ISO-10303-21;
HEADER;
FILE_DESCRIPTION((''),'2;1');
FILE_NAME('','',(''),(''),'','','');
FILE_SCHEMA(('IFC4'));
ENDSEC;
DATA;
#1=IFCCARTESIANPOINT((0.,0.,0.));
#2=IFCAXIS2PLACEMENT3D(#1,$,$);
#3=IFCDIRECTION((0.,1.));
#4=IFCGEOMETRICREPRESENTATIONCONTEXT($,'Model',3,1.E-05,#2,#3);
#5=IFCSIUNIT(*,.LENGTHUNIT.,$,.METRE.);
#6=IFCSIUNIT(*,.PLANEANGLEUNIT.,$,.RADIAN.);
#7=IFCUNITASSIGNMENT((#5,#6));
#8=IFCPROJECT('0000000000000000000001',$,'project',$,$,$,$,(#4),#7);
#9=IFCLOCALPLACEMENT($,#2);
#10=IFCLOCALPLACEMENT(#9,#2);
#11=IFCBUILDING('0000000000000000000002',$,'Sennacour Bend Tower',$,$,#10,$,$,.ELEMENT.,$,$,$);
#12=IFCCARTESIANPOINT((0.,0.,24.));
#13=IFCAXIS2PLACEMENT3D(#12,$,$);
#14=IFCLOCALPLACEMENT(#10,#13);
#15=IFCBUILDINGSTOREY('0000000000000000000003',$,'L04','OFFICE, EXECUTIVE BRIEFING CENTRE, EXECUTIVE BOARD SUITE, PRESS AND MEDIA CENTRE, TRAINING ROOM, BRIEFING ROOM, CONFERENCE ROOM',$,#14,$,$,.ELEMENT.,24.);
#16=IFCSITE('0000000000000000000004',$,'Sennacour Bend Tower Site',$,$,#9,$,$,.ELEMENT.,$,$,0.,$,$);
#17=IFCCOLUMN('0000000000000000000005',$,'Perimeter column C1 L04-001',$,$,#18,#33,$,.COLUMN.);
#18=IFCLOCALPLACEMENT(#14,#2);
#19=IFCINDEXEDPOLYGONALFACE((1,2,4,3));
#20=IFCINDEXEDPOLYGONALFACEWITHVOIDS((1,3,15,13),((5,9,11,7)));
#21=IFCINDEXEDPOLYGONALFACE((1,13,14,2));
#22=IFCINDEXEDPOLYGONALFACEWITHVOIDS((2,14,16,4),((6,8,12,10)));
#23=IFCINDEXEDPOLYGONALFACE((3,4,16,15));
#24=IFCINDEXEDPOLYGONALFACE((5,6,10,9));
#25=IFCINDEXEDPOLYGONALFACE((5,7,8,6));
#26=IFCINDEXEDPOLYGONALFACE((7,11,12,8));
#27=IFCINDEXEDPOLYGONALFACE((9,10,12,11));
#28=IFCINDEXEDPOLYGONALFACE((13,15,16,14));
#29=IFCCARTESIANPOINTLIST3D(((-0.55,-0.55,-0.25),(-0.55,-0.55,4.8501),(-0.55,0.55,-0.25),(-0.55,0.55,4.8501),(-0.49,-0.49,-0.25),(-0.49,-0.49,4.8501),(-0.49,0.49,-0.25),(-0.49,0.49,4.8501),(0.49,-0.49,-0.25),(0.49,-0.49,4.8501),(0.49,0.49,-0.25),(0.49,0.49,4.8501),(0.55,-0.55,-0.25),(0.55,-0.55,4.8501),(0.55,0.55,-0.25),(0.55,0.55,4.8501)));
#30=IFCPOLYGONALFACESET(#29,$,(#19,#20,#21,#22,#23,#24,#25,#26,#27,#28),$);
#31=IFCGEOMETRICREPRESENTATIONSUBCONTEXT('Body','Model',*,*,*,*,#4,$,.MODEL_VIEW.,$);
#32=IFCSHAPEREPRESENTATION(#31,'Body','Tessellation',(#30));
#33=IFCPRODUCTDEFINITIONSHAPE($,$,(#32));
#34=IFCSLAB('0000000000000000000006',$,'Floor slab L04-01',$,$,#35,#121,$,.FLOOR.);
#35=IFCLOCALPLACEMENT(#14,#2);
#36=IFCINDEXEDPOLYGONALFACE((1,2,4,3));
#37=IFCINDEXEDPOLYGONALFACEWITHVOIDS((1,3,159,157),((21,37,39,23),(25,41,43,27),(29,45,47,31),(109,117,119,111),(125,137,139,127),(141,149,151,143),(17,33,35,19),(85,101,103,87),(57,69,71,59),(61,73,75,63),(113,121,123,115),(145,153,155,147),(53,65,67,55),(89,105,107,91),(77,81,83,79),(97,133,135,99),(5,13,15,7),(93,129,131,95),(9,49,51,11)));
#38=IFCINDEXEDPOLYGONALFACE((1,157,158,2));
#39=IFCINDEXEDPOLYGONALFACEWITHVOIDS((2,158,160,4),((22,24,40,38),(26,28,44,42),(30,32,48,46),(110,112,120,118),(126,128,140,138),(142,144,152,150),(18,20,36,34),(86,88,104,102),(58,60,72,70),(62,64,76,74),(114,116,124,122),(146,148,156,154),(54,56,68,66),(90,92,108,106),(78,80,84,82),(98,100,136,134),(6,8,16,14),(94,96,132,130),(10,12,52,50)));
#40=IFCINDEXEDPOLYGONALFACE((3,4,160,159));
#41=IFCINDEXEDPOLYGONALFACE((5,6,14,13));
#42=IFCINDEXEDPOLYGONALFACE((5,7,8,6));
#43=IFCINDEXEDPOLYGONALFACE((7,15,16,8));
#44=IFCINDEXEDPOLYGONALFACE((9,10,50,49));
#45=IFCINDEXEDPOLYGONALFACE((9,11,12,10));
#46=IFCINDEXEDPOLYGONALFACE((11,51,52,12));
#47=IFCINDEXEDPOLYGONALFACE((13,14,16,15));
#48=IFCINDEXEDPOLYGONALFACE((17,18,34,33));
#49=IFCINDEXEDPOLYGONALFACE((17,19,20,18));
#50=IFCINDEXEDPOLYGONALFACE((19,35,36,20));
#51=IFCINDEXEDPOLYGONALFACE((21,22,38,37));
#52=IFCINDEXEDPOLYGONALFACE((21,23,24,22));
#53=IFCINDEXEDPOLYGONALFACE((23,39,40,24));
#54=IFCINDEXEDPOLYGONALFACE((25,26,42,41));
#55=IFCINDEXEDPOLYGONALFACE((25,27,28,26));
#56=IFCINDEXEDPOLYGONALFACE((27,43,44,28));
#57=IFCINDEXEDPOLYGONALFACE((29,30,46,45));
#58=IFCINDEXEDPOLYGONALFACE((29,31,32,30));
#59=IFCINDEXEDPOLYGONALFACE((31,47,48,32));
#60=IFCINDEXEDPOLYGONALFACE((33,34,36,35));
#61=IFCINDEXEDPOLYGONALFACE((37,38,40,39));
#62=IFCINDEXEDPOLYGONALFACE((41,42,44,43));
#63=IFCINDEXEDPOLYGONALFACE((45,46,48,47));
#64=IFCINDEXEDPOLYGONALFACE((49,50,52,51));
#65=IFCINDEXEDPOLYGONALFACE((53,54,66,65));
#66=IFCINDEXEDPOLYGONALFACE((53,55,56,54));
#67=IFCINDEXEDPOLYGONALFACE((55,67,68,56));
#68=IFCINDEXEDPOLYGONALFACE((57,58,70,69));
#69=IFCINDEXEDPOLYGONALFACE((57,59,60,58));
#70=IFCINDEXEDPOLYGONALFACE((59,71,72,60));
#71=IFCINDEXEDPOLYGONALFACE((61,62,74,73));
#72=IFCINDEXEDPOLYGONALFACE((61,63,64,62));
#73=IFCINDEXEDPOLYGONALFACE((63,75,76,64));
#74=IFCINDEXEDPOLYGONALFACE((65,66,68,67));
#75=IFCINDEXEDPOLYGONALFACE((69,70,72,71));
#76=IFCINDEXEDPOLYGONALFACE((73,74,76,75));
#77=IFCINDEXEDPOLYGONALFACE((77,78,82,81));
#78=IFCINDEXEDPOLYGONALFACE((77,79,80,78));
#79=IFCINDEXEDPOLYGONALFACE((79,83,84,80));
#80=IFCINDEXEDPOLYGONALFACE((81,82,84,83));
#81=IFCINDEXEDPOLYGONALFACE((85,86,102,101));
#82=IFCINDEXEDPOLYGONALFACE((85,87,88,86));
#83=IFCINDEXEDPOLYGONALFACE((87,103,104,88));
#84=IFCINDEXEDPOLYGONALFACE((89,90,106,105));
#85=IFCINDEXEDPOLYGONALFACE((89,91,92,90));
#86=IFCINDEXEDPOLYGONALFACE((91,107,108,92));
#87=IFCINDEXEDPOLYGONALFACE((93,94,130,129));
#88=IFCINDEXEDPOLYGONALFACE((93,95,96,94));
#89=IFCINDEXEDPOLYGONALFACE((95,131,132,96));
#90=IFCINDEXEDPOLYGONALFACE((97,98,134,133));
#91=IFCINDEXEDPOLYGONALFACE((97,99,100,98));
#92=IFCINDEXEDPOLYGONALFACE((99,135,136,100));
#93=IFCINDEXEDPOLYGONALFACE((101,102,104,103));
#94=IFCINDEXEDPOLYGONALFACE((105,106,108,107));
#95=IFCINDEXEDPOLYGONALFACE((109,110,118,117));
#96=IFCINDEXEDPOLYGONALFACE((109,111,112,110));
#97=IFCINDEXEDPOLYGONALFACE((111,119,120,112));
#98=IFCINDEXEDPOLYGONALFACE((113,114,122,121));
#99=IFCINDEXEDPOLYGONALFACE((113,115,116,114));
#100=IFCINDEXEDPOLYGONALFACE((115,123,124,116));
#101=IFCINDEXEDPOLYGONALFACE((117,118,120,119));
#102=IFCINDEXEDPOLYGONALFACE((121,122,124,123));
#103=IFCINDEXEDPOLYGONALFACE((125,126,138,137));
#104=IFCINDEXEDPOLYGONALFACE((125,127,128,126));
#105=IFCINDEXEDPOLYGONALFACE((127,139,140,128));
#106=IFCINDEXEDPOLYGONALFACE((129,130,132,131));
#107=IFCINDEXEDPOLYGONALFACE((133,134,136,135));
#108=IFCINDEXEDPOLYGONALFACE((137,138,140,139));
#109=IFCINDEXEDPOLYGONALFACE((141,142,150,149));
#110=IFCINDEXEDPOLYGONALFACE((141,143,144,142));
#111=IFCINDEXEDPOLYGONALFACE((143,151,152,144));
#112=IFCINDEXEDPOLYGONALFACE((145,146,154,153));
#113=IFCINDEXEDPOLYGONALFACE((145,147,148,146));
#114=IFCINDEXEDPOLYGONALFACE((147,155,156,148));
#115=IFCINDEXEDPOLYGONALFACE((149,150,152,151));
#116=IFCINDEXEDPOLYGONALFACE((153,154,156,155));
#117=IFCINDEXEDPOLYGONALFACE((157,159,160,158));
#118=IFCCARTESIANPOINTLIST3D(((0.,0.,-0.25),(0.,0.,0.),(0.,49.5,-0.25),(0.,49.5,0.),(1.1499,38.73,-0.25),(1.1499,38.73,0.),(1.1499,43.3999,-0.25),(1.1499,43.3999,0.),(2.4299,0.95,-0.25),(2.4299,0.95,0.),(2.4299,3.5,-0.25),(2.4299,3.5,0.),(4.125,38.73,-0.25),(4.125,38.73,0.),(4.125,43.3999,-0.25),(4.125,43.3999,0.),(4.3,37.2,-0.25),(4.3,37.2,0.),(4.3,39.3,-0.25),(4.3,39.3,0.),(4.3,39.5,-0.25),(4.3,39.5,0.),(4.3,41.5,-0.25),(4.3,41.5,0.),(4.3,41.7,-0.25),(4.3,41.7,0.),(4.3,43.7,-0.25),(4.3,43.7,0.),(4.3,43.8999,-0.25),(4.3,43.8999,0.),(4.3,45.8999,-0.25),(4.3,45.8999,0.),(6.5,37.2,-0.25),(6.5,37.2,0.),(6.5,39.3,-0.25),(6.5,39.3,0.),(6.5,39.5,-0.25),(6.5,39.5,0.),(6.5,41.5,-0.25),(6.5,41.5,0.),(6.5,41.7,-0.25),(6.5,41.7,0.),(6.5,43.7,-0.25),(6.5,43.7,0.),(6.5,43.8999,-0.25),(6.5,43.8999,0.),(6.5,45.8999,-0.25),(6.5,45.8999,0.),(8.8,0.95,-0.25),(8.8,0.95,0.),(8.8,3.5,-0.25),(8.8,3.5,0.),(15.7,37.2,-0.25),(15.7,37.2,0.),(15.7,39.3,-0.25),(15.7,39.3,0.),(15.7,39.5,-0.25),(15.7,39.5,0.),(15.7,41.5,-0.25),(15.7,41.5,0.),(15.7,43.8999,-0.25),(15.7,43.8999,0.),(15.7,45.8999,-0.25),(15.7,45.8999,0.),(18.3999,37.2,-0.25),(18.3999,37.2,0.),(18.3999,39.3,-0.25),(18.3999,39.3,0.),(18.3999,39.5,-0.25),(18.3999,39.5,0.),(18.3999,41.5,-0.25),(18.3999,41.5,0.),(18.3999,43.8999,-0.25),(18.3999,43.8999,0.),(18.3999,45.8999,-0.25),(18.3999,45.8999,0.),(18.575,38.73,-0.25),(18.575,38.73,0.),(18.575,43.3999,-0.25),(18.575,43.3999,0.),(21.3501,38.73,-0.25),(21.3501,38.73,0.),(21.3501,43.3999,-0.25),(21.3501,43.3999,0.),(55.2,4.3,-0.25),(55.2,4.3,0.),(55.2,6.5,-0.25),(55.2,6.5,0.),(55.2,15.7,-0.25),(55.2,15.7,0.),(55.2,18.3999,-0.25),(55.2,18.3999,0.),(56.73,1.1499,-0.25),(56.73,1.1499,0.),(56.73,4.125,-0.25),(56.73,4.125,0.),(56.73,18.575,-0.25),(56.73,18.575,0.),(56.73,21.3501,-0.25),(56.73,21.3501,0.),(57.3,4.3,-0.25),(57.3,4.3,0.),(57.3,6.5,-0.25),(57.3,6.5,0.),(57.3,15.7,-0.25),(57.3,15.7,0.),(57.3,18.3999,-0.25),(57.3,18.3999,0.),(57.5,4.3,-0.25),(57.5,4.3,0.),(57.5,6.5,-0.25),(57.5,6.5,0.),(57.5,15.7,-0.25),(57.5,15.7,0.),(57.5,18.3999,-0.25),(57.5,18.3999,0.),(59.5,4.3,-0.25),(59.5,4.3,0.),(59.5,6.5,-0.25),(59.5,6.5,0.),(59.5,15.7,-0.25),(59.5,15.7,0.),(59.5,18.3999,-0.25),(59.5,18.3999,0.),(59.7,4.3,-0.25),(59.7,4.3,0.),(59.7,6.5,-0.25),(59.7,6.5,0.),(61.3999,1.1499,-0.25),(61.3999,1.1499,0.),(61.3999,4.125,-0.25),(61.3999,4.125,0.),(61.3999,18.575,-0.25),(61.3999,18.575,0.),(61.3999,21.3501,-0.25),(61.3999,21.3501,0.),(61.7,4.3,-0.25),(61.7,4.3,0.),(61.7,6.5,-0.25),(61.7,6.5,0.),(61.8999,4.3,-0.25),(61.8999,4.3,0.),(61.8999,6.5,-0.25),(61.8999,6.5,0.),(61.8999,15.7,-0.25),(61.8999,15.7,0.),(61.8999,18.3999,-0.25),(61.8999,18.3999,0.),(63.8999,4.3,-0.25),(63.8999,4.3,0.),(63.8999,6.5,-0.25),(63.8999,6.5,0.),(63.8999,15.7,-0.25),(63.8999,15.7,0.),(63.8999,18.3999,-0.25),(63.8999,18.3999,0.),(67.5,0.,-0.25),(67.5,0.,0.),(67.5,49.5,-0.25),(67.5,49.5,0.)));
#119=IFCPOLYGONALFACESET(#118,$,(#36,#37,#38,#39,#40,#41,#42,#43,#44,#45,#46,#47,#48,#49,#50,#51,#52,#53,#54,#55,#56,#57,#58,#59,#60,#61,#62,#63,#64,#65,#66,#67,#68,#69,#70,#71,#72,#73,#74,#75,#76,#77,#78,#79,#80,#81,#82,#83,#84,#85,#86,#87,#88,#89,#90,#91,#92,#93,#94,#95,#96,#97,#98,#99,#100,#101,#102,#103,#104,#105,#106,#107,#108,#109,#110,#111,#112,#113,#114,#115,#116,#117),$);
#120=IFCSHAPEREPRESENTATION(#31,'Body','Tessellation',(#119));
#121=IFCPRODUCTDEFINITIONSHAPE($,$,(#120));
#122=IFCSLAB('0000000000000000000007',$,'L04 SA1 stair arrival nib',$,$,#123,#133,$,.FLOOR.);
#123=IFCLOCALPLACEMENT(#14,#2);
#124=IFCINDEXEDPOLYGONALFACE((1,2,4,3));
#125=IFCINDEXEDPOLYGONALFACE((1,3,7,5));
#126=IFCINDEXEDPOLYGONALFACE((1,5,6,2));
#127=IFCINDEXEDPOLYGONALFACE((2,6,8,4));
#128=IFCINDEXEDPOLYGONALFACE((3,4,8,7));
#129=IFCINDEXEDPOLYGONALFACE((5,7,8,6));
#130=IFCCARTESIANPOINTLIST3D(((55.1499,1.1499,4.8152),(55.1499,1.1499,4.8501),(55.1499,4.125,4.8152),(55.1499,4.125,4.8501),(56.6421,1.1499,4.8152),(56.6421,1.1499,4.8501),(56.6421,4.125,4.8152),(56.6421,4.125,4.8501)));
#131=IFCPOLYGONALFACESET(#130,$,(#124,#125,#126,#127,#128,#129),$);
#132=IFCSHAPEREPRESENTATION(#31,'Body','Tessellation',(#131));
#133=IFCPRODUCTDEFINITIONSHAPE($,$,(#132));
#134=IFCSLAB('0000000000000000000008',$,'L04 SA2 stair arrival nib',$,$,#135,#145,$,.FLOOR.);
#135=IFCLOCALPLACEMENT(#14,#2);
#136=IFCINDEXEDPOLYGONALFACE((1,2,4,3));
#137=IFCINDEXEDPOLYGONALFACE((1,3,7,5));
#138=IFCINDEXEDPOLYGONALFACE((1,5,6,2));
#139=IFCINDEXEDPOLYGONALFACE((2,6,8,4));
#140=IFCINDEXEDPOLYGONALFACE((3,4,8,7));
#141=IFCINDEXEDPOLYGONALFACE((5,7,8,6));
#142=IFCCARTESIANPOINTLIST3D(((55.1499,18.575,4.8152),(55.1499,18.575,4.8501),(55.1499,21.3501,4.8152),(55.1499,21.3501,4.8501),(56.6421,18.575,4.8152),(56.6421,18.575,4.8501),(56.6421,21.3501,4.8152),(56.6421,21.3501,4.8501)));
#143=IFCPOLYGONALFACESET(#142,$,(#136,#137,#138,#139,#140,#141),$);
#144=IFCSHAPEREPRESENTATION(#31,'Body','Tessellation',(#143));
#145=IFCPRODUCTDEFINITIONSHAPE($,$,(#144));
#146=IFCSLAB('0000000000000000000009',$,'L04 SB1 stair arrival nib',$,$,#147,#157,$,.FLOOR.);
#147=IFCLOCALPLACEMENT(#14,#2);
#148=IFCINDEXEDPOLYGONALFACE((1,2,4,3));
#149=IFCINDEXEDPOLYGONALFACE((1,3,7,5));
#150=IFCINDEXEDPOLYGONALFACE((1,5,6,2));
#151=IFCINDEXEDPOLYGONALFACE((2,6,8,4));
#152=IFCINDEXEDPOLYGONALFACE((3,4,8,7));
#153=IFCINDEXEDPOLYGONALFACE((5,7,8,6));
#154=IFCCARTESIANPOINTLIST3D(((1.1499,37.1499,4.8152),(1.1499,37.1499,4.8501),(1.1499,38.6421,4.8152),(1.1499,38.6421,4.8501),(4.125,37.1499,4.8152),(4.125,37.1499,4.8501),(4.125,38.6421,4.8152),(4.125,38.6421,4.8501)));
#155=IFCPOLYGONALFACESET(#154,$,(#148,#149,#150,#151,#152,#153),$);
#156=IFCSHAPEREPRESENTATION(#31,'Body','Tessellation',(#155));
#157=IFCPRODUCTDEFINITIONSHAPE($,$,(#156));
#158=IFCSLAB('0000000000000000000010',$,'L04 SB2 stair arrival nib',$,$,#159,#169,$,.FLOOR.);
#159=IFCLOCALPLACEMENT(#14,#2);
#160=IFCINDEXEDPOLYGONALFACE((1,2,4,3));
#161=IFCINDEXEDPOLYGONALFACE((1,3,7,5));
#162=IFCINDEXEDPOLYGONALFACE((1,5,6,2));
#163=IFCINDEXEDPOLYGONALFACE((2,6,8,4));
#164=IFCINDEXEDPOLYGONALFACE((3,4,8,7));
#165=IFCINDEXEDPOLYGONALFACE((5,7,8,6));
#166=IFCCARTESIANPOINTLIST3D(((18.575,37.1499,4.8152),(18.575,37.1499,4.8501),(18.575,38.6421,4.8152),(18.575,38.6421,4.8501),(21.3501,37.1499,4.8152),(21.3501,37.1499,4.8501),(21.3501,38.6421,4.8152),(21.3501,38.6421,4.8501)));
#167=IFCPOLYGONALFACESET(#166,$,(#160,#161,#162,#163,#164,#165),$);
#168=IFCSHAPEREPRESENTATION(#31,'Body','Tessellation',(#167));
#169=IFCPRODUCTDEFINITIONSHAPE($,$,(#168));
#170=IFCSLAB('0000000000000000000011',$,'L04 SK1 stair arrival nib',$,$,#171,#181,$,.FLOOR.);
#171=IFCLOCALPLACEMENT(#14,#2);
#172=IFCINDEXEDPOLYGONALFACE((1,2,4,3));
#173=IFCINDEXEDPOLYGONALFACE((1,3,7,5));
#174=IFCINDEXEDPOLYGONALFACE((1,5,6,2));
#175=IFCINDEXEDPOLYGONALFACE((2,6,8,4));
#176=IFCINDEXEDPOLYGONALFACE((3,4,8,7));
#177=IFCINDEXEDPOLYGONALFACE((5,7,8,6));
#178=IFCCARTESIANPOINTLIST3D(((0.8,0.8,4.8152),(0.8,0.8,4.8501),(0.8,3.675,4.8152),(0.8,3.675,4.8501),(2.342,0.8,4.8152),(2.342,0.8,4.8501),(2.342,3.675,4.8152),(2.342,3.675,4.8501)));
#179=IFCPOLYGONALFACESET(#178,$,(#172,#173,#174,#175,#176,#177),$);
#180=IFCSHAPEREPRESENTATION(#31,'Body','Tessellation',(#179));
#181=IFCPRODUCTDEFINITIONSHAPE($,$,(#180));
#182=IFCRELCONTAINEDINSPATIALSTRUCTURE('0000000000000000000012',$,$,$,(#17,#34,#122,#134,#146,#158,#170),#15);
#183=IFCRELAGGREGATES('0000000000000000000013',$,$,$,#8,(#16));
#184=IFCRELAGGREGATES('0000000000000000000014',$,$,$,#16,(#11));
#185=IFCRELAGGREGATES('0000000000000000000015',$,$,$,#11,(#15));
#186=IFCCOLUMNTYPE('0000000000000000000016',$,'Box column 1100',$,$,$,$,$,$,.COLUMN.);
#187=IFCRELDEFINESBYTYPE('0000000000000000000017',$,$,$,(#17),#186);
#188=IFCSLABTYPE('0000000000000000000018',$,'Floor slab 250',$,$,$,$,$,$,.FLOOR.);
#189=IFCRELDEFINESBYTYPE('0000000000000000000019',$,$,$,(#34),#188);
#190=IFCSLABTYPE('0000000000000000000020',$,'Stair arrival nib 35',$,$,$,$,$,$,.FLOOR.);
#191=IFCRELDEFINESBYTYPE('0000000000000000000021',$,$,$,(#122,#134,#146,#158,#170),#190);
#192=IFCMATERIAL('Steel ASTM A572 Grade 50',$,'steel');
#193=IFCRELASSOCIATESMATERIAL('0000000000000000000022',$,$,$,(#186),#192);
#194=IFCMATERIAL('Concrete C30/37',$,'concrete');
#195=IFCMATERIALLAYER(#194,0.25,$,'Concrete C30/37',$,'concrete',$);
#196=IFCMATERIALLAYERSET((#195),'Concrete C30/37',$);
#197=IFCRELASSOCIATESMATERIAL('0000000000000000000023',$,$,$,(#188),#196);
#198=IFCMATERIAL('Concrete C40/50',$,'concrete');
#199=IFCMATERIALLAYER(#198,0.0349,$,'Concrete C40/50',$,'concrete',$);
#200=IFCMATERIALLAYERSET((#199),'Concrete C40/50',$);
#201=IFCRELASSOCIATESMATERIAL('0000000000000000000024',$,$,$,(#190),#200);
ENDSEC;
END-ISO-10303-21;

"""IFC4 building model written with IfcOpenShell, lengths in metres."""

from ifc_helpers import new_model, si_unit, direction, frame, origin, origin_2d, place, context, subcontext, project, spatial, polyline, hollow_rectangle, outline, extrude, material, layer, layer_set, material_profile, profile_set, type_object, element, save


model = new_model("IFC4")

# Units and contexts
model_context = context("Model", 3, precision=1e-05, world=origin(), true_north=direction((0.0, 1.0)))
body_context = subcontext(model_context, "Body", "Model", "MODEL_VIEW")
ifc_project = project(units=[si_unit("LENGTHUNIT", "METRE"), si_unit("PLANEANGLEUNIT", "RADIAN")], contexts=[model_context])

# Site, building, storey
site_placement = place(None, origin())
site = spatial("IfcSite", under=ifc_project, at=site_placement, Name="Sennacour Bend Tower Site", CompositionType="ELEMENT", RefElevation=0.0)
building_placement = place(site_placement, origin())
building = spatial("IfcBuilding", under=site, at=building_placement, Name="Sennacour Bend Tower", CompositionType="ELEMENT")
storey_placement = place(building_placement, frame((0.0, 0.0, 24.0)))
storey = spatial("IfcBuildingStorey", under=building, at=storey_placement, Name="L04", Description="OFFICE, EXECUTIVE BRIEFING CENTRE, EXECUTIVE BOARD SUITE, PRESS AND MEDIA CENTRE, TRAINING ROOM, BRIEFING ROOM, CONFERENCE ROOM", CompositionType="ELEMENT", Elevation=24.0)

# Column
ifc_material_1 = material(Name="Steel ASTM A572 Grade 50", Category="steel")
ifc_material_profile = material_profile(ifc_material_1, hollow_rectangle(XDim=1.1001, YDim=1.1001, WallThickness=0.0601, at=origin_2d()), Name="Steel ASTM A572 Grade 50", Category="steel")
ifc_profile_set = profile_set([ifc_material_profile], Name="Steel ASTM A572 Grade 50")
column_type = type_object("IfcColumnType", Name="Box column 1100", PredefinedType="COLUMN", material=ifc_profile_set)
column_placement = place(storey_placement, frame((0.0, 0.0, -0.25), z_axis=(0.0, 0.0, 1.0), x_axis=(1.0, 0.0, 0.0)))
element("IfcColumn", 1, at=column_placement, inside=storey, type_object=column_type, Name="Perimeter column C1 L04-001", PredefinedType="COLUMN", context=body_context, shape_type="SweptSolid", body=[
    extrude(hollow_rectangle(XDim=1.1001, YDim=1.1001, WallThickness=0.0601, at=origin_2d()), origin(), (0.0, 0.0, 1.0), 5.1001),
])

# Slabs
ifc_material_2 = material(Name="Concrete C30/37", Category="concrete")
ifc_layer_1 = layer(ifc_material_2, 0.25, Name="Concrete C30/37", Category="concrete")
ifc_layer_set_1 = layer_set([ifc_layer_1], Name="Concrete C30/37")
slab_type_1 = type_object("IfcSlabType", Name="Floor slab 250", PredefinedType="FLOOR", material=ifc_layer_set_1)
slab_1_placement = place(storey_placement, frame((0.0, 0.0, -0.25)))
element("IfcSlab", 2, at=slab_1_placement, inside=storey, type_object=slab_type_1, Name="Floor slab L04-01", PredefinedType="FLOOR", context=body_context, shape_type="SweptSolid", body=[
    extrude(outline(polyline([(0.0, 0.0), (0.0, 49.5), (67.5, 49.5), (67.5, 0.0), (0.0, 0.0)]), holes=[polyline([(8.8, 0.95), (8.8, 3.5), (2.4299, 3.5), (2.4299, 0.95), (8.8, 0.95)]), polyline([(6.5, 37.2), (6.5, 39.3), (4.3, 39.3), (4.3, 37.2), (6.5, 37.2)]), polyline([(18.3999, 37.2), (18.3999, 39.3), (15.7, 39.3), (15.7, 37.2), (18.3999, 37.2)]), polyline([(6.5, 39.5), (6.5, 41.5), (4.3, 41.5), (4.3, 39.5), (6.5, 39.5)]), polyline([(18.3999, 39.5), (18.3999, 41.5), (15.7, 41.5), (15.7, 39.5), (18.3999, 39.5)]), polyline([(4.125, 38.73), (4.125, 43.3999), (1.1499, 43.3999), (1.1499, 38.73), (4.125, 38.73)]), polyline([(21.3501, 38.73), (21.3501, 43.3999), (18.575, 43.3999), (18.575, 38.73), (21.3501, 38.73)]), polyline([(4.3, 41.7), (6.5, 41.7), (6.5, 43.7), (4.3, 43.7), (4.3, 41.7)]), polyline([(4.3, 43.8999), (6.5, 43.8999), (6.5, 45.8999), (4.3, 45.8999), (4.3, 43.8999)]), polyline([(18.3999, 43.8999), (18.3999, 45.8999), (15.7, 45.8999), (15.7, 43.8999), (18.3999, 43.8999)]), polyline([(61.3999, 1.1499), (61.3999, 4.125), (56.73, 4.125), (56.73, 1.1499), (61.3999, 1.1499)]), polyline([(57.3, 4.3), (57.3, 6.5), (55.2, 6.5), (55.2, 4.3), (57.3, 4.3)]), polyline([(57.5, 4.3), (59.5, 4.3), (59.5, 6.5), (57.5, 6.5), (57.5, 4.3)]), polyline([(59.7, 4.3), (61.7, 4.3), (61.7, 6.5), (59.7, 6.5), (59.7, 4.3)]), polyline([(63.8999, 4.3), (63.8999, 6.5), (61.8999, 6.5), (61.8999, 4.3), (63.8999, 4.3)]), polyline([(57.3, 15.7), (57.3, 18.3999), (55.2, 18.3999), (55.2, 15.7), (57.3, 15.7)]), polyline([(59.5, 15.7), (59.5, 18.3999), (57.5, 18.3999), (57.5, 15.7), (59.5, 15.7)]), polyline([(61.8999, 15.7), (63.8999, 15.7), (63.8999, 18.3999), (61.8999, 18.3999), (61.8999, 15.7)]), polyline([(56.73, 18.575), (61.3999, 18.575), (61.3999, 21.3501), (56.73, 21.3501), (56.73, 18.575)])]), origin(), (0.0, 0.0, 1.0), 0.25),
])
ifc_material_3 = material(Name="Concrete C40/50", Category="concrete")
ifc_layer_2 = layer(ifc_material_3, 0.0349, Name="Concrete C40/50", Category="concrete")
ifc_layer_set_2 = layer_set([ifc_layer_2], Name="Concrete C40/50")
slab_type_2 = type_object("IfcSlabType", Name="Stair arrival nib 35", PredefinedType="FLOOR", material=ifc_layer_set_2)
slab_2_placement = place(storey_placement, frame((0.0, 0.0, 4.8152)))
element("IfcSlab", 3, at=slab_2_placement, inside=storey, type_object=slab_type_2, Name="L04 SA1 stair arrival nib", PredefinedType="FLOOR", context=body_context, shape_type="SweptSolid", body=[
    extrude(outline(polyline([(56.6421, 4.125), (55.1499, 4.125), (55.1499, 1.1499), (56.6421, 1.1499), (56.6421, 4.125)])), origin(), (0.0, 0.0, 1.0), 0.0349),
])
slab_3_placement = place(storey_placement, frame((0.0, 0.0, 4.8152)))
element("IfcSlab", 4, at=slab_3_placement, inside=storey, type_object=slab_type_2, Name="L04 SA2 stair arrival nib", PredefinedType="FLOOR", context=body_context, shape_type="SweptSolid", body=[
    extrude(outline(polyline([(56.6421, 21.3501), (55.1499, 21.3501), (55.1499, 18.575), (56.6421, 18.575), (56.6421, 21.3501)])), origin(), (0.0, 0.0, 1.0), 0.0349),
])
slab_4_placement = place(storey_placement, frame((0.0, 0.0, 4.8152)))
element("IfcSlab", 5, at=slab_4_placement, inside=storey, type_object=slab_type_2, Name="L04 SB1 stair arrival nib", PredefinedType="FLOOR", context=body_context, shape_type="SweptSolid", body=[
    extrude(outline(polyline([(1.1499, 38.6421), (1.1499, 37.1499), (4.125, 37.1499), (4.125, 38.6421), (1.1499, 38.6421)])), origin(), (0.0, 0.0, 1.0), 0.0349),
])
slab_5_placement = place(storey_placement, frame((0.0, 0.0, 4.8152)))
element("IfcSlab", 6, at=slab_5_placement, inside=storey, type_object=slab_type_2, Name="L04 SB2 stair arrival nib", PredefinedType="FLOOR", context=body_context, shape_type="SweptSolid", body=[
    extrude(outline(polyline([(18.575, 38.6421), (18.575, 37.1499), (21.3501, 37.1499), (21.3501, 38.6421), (18.575, 38.6421)])), origin(), (0.0, 0.0, 1.0), 0.0349),
])
slab_6_placement = place(storey_placement, frame((0.0, 0.0, 4.8152)))
element("IfcSlab", 7, at=slab_6_placement, inside=storey, type_object=slab_type_2, Name="L04 SK1 stair arrival nib", PredefinedType="FLOOR", context=body_context, shape_type="SweptSolid", body=[
    extrude(outline(polyline([(2.342, 3.675), (0.8, 3.675), (0.8, 0.8), (2.342, 0.8), (2.342, 3.675)])), origin(), (0.0, 0.0, 1.0), 0.0349),
])

save(model, "model.ifc")
